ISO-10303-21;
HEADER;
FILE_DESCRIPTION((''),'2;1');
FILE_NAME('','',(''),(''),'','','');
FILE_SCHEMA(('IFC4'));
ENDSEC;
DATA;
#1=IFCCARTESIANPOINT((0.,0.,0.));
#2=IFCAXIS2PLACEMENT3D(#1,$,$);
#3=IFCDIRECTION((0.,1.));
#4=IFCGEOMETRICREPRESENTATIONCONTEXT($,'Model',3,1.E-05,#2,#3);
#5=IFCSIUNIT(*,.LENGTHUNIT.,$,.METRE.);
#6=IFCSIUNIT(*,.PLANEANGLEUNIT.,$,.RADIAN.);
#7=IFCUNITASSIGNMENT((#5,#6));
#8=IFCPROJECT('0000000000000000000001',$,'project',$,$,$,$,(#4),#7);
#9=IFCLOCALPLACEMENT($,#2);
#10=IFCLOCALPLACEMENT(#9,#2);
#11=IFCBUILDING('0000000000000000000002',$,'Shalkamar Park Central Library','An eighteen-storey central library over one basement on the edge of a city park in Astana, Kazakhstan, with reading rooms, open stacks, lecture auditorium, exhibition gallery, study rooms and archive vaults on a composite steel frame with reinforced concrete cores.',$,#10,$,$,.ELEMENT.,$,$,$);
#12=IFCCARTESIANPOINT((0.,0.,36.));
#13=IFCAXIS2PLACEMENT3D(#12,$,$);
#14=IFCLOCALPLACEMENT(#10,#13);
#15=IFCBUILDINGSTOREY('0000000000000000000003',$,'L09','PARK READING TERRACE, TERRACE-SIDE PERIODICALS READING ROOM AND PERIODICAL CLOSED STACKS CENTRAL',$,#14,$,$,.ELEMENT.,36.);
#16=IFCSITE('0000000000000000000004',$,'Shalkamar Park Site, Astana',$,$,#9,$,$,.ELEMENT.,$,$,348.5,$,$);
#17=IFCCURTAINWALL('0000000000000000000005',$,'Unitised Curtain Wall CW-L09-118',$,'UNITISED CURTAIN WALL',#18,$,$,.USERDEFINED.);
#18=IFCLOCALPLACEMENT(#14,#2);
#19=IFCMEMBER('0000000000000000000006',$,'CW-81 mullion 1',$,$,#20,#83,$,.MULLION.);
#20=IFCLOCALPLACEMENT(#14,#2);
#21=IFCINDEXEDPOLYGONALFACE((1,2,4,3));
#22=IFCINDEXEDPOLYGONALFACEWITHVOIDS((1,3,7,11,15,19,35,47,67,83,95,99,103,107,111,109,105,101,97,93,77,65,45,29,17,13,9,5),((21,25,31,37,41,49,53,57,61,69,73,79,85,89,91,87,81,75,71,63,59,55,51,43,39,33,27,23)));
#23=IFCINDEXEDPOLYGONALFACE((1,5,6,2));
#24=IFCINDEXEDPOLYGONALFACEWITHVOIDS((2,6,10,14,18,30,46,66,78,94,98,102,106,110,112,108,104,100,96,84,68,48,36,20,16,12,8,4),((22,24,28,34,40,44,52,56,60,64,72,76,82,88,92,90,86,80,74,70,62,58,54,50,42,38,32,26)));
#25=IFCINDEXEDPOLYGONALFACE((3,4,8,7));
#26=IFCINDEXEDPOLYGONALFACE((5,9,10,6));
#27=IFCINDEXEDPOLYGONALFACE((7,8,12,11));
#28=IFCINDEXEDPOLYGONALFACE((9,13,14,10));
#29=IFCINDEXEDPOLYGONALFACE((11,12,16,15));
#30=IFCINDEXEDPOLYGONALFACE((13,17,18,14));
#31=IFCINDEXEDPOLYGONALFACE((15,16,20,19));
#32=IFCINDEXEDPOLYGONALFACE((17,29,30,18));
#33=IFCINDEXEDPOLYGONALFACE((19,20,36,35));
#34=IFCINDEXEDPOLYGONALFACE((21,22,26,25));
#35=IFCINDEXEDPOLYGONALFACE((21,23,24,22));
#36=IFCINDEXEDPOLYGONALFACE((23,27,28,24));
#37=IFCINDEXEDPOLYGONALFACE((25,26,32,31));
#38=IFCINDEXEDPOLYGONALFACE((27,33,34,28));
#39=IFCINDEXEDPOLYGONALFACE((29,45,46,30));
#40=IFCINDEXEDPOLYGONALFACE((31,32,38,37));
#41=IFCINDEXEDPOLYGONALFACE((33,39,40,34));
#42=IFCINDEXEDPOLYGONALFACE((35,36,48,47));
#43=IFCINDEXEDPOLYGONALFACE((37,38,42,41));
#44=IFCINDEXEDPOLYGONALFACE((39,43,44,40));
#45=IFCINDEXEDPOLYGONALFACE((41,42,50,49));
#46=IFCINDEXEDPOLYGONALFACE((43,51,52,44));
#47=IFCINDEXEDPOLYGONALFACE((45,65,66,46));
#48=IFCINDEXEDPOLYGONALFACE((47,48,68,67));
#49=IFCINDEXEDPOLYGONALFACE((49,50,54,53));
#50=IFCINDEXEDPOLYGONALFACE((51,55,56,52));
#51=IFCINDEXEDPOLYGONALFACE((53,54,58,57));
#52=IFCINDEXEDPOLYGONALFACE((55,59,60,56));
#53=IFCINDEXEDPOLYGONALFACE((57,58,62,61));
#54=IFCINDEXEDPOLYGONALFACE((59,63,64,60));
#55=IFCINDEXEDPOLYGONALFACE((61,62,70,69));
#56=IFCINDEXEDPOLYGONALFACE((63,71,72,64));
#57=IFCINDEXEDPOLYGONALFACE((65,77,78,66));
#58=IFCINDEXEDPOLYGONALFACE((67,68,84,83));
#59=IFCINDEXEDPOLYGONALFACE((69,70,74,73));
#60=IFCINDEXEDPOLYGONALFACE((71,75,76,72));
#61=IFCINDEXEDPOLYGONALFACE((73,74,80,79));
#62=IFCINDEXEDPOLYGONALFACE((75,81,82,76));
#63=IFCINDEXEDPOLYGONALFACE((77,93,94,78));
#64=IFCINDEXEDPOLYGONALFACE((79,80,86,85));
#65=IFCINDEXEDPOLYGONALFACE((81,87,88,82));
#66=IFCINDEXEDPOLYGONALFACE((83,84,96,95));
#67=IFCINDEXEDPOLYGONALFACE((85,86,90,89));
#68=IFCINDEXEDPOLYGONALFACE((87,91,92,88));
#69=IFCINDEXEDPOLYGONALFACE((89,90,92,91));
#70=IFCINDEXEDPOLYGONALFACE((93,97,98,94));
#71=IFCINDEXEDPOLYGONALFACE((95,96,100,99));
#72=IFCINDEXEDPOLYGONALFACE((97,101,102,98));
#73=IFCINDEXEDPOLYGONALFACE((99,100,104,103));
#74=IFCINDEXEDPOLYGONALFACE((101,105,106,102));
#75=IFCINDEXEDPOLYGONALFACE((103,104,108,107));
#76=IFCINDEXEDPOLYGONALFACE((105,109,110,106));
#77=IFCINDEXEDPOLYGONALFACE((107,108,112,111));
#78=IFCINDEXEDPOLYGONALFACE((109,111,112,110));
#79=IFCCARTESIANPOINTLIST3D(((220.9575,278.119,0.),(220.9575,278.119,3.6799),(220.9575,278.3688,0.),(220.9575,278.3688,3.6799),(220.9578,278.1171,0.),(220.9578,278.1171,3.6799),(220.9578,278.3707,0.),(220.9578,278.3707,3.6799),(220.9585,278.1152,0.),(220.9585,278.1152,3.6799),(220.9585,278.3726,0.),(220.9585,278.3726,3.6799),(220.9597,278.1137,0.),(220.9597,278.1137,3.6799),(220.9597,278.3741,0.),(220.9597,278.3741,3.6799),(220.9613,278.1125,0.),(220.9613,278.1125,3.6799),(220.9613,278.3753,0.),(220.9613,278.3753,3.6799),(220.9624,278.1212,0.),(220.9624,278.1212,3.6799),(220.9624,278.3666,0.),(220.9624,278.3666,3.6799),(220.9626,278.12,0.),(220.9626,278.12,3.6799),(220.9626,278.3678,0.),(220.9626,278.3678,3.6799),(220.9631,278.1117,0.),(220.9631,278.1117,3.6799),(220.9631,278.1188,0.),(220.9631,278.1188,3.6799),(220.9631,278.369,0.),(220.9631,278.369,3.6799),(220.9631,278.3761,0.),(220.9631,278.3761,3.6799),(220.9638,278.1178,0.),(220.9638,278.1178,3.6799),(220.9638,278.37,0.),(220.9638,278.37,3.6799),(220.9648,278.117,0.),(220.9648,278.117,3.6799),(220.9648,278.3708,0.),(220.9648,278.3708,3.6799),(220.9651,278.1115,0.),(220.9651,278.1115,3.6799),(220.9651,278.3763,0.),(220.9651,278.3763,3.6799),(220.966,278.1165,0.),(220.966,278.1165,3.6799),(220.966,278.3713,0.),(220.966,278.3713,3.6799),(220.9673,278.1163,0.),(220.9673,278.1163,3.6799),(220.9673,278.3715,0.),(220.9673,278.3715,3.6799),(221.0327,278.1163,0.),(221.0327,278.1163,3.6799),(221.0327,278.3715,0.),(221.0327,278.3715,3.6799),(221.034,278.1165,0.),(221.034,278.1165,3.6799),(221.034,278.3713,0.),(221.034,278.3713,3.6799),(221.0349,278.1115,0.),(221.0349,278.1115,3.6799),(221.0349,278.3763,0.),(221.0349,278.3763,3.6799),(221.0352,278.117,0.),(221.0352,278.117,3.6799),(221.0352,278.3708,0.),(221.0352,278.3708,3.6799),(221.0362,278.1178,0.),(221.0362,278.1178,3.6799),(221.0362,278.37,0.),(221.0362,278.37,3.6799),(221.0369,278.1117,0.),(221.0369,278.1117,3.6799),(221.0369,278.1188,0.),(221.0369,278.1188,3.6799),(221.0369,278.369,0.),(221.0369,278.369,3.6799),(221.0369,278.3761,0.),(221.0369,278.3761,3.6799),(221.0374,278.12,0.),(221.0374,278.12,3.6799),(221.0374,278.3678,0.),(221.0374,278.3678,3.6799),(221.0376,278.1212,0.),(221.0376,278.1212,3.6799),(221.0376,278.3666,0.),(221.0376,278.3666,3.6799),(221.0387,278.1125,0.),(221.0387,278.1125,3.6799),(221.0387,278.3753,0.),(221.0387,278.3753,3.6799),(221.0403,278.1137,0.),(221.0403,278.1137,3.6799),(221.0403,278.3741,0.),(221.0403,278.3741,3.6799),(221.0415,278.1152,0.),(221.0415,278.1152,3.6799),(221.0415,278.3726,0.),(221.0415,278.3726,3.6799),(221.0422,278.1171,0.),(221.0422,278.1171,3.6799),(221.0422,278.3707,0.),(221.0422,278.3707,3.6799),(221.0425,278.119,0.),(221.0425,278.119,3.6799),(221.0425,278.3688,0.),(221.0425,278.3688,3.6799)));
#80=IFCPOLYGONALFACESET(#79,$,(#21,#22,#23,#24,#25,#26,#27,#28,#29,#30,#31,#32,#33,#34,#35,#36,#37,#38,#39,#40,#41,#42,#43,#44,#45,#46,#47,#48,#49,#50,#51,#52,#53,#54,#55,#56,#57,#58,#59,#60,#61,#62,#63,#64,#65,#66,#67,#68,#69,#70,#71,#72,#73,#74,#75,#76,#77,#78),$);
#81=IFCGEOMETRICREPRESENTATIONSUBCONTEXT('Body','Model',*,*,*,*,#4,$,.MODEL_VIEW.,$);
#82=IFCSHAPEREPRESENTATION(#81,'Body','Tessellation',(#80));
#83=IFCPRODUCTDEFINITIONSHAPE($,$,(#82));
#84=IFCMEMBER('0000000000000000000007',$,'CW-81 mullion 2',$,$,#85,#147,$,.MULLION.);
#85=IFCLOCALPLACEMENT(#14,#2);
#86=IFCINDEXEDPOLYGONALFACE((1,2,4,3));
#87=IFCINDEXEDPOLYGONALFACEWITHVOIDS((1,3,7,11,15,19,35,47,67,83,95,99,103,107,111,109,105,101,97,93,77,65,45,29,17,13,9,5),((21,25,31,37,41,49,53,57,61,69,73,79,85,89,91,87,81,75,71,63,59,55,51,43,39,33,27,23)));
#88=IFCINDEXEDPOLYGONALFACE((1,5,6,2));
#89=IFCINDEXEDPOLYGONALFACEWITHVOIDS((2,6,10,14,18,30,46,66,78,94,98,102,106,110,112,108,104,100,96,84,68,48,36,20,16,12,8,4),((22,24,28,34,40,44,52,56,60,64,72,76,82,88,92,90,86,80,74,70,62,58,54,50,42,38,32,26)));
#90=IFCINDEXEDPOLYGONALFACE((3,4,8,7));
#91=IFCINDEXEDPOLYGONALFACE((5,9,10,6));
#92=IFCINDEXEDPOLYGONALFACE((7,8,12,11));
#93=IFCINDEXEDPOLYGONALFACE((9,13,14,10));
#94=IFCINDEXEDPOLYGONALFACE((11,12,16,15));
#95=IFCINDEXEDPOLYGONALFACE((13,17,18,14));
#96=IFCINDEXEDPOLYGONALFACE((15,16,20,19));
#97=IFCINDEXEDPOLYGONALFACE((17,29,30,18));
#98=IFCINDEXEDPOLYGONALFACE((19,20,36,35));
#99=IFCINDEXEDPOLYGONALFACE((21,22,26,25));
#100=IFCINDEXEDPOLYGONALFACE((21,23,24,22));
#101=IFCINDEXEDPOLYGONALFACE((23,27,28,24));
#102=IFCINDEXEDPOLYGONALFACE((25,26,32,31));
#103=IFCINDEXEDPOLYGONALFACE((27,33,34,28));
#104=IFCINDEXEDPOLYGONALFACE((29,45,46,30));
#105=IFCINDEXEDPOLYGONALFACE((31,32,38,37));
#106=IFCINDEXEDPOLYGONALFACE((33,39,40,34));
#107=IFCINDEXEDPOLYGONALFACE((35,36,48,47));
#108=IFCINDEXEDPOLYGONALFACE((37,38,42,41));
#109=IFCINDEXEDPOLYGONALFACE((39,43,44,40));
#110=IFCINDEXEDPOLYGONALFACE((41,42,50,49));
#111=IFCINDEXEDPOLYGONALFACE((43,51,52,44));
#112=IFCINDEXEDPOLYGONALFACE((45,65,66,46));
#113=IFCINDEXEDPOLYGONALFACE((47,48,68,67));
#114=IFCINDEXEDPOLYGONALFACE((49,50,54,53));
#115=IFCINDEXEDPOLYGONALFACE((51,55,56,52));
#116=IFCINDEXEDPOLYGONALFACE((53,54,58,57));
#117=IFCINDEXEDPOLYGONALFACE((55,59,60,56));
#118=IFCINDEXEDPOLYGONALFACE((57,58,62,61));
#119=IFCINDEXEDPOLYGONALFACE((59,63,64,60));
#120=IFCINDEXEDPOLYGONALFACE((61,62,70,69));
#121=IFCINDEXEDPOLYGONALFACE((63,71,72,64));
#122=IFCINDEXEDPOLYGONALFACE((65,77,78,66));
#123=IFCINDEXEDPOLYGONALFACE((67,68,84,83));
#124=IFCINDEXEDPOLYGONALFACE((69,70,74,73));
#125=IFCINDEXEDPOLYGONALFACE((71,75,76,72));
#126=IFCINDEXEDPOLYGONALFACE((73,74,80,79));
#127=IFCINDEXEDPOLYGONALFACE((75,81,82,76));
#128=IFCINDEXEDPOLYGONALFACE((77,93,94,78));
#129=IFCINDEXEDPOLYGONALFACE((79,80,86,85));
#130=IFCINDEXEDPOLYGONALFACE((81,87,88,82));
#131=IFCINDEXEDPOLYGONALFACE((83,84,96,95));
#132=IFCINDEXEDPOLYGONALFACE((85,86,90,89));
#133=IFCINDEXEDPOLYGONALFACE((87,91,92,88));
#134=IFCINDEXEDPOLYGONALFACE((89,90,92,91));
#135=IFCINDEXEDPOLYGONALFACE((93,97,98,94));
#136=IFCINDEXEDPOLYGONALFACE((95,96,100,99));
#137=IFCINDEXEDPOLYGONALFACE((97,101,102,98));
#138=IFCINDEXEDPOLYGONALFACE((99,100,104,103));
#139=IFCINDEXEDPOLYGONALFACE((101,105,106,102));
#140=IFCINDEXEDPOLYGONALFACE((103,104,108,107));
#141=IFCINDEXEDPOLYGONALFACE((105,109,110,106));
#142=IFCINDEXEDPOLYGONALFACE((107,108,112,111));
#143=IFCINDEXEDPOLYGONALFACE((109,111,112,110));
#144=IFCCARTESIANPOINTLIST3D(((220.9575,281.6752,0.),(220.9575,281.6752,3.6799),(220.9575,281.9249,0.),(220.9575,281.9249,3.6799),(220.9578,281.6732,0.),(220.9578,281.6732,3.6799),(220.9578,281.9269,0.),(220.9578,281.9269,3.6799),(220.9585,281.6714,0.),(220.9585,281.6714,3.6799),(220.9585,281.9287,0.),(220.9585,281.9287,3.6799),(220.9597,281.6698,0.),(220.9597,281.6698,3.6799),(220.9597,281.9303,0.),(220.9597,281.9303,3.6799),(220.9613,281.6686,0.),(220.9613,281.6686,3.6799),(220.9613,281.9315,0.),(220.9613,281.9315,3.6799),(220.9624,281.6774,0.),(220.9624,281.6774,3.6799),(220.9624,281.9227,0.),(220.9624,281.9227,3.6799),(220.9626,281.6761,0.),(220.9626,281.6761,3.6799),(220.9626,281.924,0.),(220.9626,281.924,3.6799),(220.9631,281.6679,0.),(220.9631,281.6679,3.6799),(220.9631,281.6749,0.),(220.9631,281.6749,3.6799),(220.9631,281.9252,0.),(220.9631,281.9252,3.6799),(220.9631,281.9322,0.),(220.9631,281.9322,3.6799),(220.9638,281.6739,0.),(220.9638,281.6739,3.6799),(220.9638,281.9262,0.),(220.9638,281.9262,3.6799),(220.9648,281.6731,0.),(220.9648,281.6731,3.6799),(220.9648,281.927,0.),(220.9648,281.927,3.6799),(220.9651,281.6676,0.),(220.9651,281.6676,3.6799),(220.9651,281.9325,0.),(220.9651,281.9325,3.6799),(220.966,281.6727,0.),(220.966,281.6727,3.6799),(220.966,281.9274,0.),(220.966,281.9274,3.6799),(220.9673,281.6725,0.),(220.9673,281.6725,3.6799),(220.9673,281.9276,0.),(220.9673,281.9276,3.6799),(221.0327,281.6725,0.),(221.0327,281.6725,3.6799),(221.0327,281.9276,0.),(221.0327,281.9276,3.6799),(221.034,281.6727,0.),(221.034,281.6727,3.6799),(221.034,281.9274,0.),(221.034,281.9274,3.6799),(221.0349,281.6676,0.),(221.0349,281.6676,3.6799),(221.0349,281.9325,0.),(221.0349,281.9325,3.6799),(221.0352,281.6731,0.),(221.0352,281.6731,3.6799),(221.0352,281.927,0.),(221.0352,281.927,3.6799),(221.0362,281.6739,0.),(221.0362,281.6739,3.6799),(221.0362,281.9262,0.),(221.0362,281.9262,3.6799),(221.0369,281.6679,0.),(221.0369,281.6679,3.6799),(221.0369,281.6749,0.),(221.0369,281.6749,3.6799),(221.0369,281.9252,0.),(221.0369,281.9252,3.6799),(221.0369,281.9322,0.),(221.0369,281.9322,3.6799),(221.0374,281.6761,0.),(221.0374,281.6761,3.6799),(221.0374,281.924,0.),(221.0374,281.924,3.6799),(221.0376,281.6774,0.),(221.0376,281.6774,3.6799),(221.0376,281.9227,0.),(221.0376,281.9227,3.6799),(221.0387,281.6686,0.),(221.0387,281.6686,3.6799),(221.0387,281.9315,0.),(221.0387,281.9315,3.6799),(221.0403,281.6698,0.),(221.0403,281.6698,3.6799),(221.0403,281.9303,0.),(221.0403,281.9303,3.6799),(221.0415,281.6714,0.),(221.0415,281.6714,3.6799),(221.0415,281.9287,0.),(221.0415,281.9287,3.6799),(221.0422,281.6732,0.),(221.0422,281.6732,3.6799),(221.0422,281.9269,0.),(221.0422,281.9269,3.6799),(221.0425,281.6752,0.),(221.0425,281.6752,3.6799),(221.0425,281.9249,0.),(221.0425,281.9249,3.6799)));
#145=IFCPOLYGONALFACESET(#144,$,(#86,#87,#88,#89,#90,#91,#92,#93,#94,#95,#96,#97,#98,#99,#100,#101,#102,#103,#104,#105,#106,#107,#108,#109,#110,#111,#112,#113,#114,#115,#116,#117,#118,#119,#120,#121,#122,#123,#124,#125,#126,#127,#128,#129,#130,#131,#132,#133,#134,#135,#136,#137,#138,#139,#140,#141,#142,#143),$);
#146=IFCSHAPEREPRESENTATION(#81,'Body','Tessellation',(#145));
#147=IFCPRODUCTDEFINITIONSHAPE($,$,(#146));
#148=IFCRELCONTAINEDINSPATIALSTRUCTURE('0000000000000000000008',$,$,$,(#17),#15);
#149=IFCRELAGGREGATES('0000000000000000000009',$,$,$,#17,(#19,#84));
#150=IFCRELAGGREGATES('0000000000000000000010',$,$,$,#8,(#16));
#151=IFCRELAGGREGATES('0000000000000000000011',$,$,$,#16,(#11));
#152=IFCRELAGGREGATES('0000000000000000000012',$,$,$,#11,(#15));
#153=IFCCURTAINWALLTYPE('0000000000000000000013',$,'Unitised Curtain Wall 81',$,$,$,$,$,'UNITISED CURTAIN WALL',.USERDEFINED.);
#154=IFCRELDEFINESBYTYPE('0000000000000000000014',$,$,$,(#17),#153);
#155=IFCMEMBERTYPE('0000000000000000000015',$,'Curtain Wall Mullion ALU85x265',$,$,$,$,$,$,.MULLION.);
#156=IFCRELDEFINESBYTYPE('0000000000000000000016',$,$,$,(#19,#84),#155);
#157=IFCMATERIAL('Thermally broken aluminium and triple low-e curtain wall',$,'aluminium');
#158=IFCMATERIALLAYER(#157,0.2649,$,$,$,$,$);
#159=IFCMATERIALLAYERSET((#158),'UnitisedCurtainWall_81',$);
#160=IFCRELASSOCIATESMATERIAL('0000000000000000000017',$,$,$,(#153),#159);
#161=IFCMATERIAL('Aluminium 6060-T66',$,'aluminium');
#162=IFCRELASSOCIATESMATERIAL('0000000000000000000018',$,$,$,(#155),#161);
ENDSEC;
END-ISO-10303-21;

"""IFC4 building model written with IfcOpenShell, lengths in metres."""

from ifc_helpers import new_model, si_unit, direction, frame, origin, origin_2d, place, context, subcontext, project, spatial, hollow_rectangle, extrude, material, layer, layer_set, material_profile, profile_set, type_object, element, aggregate, save


model = new_model("IFC4")

# Units and contexts
model_context = context("Model", 3, precision=1e-05, world=origin(), true_north=direction((0.0, 1.0)))
body_context = subcontext(model_context, "Body", "Model", "MODEL_VIEW")
ifc_project = project(units=[si_unit("LENGTHUNIT", "METRE"), si_unit("PLANEANGLEUNIT", "RADIAN")], contexts=[model_context])

# Site, building, storey
site_placement = place(None, origin())
site = spatial("IfcSite", under=ifc_project, at=site_placement, Name="Shalkamar Park Site, Astana", CompositionType="ELEMENT", RefElevation=348.5)
building_placement = place(site_placement, origin())
building = spatial("IfcBuilding", under=site, at=building_placement, Name="Shalkamar Park Central Library", Description="An eighteen-storey central library over one basement on the edge of a city park in Astana, Kazakhstan, with reading rooms, open stacks, lecture auditorium, exhibition gallery, study rooms and archive vaults on a composite steel frame with reinforced concrete cores.", CompositionType="ELEMENT")
storey_placement = place(building_placement, frame((0.0, 0.0, 36.0)))
storey = spatial("IfcBuildingStorey", under=building, at=storey_placement, Name="L09", Description="PARK READING TERRACE, TERRACE-SIDE PERIODICALS READING ROOM AND PERIODICAL CLOSED STACKS CENTRAL", CompositionType="ELEMENT", Elevation=36.0)

# Curtain wall, members
ifc_material_1 = material(Name="Thermally broken aluminium and triple low-e curtain wall", Category="aluminium")
ifc_layer_1 = layer(ifc_material_1, 0.2649)
ifc_layer_set_1 = layer_set([ifc_layer_1], Name="UnitisedCurtainWall_81")
curtain_wall_type = type_object("IfcCurtainWallType", Name="Unitised Curtain Wall 81", ElementType="UNITISED CURTAIN WALL", PredefinedType="USERDEFINED", material=ifc_layer_set_1)
curtain_wall_placement = place(storey_placement, origin())
curtain_wall = element("IfcCurtainWall", 1, at=curtain_wall_placement, inside=storey, type_object=curtain_wall_type, Name="Unitised Curtain Wall CW-L09-118", ObjectType="UNITISED CURTAIN WALL", PredefinedType="USERDEFINED")
ifc_material_2 = material(Name="Aluminium 6060-T66", Category="aluminium")
ifc_material_profile_1 = material_profile(ifc_material_2, hollow_rectangle(XDim=0.085, YDim=0.2649, WallThickness=0.0049, InnerFilletRadius=0.0049, OuterFilletRadius=0.0076, at=origin_2d()), Name="ALU 85x265x5")
ifc_profile_set_1 = profile_set([ifc_material_profile_1], Name="Aluminium 6060-T66")
member_type_1 = type_object("IfcMemberType", Name="Curtain Wall Mullion ALU85x265", PredefinedType="MULLION", material=ifc_profile_set_1)
member_1_placement = place(storey_placement, frame((221.0, 278.2439, 0.0), z_axis=(0.0, 0.0, 1.0), x_axis=(-1.0, 0.0, 0.0)))
member_1 = element("IfcMember", 2, at=member_1_placement, type_object=member_type_1, Name="CW-81 mullion 1", PredefinedType="MULLION", context=body_context, shape_type="SweptSolid", body=[
    extrude(hollow_rectangle(XDim=0.085, YDim=0.2649, WallThickness=0.0049, InnerFilletRadius=0.0049, OuterFilletRadius=0.0076, at=origin_2d()), origin(), (0.0, 0.0, 1.0), 3.6799),
])
member_2_placement = place(storey_placement, frame((221.0, 281.8, 0.0), z_axis=(0.0, 0.0, 1.0), x_axis=(-1.0, 0.0, 0.0)))
member_2 = element("IfcMember", 3, at=member_2_placement, type_object=member_type_1, Name="CW-81 mullion 2", PredefinedType="MULLION", context=body_context, shape_type="SweptSolid", body=[
    extrude(hollow_rectangle(XDim=0.085, YDim=0.2649, WallThickness=0.0049, InnerFilletRadius=0.0049, OuterFilletRadius=0.0076, at=origin_2d()), origin(), (0.0, 0.0, 1.0), 3.6799),
])

aggregate(curtain_wall, [member_1, member_2])

save(model, "model.ifc")
